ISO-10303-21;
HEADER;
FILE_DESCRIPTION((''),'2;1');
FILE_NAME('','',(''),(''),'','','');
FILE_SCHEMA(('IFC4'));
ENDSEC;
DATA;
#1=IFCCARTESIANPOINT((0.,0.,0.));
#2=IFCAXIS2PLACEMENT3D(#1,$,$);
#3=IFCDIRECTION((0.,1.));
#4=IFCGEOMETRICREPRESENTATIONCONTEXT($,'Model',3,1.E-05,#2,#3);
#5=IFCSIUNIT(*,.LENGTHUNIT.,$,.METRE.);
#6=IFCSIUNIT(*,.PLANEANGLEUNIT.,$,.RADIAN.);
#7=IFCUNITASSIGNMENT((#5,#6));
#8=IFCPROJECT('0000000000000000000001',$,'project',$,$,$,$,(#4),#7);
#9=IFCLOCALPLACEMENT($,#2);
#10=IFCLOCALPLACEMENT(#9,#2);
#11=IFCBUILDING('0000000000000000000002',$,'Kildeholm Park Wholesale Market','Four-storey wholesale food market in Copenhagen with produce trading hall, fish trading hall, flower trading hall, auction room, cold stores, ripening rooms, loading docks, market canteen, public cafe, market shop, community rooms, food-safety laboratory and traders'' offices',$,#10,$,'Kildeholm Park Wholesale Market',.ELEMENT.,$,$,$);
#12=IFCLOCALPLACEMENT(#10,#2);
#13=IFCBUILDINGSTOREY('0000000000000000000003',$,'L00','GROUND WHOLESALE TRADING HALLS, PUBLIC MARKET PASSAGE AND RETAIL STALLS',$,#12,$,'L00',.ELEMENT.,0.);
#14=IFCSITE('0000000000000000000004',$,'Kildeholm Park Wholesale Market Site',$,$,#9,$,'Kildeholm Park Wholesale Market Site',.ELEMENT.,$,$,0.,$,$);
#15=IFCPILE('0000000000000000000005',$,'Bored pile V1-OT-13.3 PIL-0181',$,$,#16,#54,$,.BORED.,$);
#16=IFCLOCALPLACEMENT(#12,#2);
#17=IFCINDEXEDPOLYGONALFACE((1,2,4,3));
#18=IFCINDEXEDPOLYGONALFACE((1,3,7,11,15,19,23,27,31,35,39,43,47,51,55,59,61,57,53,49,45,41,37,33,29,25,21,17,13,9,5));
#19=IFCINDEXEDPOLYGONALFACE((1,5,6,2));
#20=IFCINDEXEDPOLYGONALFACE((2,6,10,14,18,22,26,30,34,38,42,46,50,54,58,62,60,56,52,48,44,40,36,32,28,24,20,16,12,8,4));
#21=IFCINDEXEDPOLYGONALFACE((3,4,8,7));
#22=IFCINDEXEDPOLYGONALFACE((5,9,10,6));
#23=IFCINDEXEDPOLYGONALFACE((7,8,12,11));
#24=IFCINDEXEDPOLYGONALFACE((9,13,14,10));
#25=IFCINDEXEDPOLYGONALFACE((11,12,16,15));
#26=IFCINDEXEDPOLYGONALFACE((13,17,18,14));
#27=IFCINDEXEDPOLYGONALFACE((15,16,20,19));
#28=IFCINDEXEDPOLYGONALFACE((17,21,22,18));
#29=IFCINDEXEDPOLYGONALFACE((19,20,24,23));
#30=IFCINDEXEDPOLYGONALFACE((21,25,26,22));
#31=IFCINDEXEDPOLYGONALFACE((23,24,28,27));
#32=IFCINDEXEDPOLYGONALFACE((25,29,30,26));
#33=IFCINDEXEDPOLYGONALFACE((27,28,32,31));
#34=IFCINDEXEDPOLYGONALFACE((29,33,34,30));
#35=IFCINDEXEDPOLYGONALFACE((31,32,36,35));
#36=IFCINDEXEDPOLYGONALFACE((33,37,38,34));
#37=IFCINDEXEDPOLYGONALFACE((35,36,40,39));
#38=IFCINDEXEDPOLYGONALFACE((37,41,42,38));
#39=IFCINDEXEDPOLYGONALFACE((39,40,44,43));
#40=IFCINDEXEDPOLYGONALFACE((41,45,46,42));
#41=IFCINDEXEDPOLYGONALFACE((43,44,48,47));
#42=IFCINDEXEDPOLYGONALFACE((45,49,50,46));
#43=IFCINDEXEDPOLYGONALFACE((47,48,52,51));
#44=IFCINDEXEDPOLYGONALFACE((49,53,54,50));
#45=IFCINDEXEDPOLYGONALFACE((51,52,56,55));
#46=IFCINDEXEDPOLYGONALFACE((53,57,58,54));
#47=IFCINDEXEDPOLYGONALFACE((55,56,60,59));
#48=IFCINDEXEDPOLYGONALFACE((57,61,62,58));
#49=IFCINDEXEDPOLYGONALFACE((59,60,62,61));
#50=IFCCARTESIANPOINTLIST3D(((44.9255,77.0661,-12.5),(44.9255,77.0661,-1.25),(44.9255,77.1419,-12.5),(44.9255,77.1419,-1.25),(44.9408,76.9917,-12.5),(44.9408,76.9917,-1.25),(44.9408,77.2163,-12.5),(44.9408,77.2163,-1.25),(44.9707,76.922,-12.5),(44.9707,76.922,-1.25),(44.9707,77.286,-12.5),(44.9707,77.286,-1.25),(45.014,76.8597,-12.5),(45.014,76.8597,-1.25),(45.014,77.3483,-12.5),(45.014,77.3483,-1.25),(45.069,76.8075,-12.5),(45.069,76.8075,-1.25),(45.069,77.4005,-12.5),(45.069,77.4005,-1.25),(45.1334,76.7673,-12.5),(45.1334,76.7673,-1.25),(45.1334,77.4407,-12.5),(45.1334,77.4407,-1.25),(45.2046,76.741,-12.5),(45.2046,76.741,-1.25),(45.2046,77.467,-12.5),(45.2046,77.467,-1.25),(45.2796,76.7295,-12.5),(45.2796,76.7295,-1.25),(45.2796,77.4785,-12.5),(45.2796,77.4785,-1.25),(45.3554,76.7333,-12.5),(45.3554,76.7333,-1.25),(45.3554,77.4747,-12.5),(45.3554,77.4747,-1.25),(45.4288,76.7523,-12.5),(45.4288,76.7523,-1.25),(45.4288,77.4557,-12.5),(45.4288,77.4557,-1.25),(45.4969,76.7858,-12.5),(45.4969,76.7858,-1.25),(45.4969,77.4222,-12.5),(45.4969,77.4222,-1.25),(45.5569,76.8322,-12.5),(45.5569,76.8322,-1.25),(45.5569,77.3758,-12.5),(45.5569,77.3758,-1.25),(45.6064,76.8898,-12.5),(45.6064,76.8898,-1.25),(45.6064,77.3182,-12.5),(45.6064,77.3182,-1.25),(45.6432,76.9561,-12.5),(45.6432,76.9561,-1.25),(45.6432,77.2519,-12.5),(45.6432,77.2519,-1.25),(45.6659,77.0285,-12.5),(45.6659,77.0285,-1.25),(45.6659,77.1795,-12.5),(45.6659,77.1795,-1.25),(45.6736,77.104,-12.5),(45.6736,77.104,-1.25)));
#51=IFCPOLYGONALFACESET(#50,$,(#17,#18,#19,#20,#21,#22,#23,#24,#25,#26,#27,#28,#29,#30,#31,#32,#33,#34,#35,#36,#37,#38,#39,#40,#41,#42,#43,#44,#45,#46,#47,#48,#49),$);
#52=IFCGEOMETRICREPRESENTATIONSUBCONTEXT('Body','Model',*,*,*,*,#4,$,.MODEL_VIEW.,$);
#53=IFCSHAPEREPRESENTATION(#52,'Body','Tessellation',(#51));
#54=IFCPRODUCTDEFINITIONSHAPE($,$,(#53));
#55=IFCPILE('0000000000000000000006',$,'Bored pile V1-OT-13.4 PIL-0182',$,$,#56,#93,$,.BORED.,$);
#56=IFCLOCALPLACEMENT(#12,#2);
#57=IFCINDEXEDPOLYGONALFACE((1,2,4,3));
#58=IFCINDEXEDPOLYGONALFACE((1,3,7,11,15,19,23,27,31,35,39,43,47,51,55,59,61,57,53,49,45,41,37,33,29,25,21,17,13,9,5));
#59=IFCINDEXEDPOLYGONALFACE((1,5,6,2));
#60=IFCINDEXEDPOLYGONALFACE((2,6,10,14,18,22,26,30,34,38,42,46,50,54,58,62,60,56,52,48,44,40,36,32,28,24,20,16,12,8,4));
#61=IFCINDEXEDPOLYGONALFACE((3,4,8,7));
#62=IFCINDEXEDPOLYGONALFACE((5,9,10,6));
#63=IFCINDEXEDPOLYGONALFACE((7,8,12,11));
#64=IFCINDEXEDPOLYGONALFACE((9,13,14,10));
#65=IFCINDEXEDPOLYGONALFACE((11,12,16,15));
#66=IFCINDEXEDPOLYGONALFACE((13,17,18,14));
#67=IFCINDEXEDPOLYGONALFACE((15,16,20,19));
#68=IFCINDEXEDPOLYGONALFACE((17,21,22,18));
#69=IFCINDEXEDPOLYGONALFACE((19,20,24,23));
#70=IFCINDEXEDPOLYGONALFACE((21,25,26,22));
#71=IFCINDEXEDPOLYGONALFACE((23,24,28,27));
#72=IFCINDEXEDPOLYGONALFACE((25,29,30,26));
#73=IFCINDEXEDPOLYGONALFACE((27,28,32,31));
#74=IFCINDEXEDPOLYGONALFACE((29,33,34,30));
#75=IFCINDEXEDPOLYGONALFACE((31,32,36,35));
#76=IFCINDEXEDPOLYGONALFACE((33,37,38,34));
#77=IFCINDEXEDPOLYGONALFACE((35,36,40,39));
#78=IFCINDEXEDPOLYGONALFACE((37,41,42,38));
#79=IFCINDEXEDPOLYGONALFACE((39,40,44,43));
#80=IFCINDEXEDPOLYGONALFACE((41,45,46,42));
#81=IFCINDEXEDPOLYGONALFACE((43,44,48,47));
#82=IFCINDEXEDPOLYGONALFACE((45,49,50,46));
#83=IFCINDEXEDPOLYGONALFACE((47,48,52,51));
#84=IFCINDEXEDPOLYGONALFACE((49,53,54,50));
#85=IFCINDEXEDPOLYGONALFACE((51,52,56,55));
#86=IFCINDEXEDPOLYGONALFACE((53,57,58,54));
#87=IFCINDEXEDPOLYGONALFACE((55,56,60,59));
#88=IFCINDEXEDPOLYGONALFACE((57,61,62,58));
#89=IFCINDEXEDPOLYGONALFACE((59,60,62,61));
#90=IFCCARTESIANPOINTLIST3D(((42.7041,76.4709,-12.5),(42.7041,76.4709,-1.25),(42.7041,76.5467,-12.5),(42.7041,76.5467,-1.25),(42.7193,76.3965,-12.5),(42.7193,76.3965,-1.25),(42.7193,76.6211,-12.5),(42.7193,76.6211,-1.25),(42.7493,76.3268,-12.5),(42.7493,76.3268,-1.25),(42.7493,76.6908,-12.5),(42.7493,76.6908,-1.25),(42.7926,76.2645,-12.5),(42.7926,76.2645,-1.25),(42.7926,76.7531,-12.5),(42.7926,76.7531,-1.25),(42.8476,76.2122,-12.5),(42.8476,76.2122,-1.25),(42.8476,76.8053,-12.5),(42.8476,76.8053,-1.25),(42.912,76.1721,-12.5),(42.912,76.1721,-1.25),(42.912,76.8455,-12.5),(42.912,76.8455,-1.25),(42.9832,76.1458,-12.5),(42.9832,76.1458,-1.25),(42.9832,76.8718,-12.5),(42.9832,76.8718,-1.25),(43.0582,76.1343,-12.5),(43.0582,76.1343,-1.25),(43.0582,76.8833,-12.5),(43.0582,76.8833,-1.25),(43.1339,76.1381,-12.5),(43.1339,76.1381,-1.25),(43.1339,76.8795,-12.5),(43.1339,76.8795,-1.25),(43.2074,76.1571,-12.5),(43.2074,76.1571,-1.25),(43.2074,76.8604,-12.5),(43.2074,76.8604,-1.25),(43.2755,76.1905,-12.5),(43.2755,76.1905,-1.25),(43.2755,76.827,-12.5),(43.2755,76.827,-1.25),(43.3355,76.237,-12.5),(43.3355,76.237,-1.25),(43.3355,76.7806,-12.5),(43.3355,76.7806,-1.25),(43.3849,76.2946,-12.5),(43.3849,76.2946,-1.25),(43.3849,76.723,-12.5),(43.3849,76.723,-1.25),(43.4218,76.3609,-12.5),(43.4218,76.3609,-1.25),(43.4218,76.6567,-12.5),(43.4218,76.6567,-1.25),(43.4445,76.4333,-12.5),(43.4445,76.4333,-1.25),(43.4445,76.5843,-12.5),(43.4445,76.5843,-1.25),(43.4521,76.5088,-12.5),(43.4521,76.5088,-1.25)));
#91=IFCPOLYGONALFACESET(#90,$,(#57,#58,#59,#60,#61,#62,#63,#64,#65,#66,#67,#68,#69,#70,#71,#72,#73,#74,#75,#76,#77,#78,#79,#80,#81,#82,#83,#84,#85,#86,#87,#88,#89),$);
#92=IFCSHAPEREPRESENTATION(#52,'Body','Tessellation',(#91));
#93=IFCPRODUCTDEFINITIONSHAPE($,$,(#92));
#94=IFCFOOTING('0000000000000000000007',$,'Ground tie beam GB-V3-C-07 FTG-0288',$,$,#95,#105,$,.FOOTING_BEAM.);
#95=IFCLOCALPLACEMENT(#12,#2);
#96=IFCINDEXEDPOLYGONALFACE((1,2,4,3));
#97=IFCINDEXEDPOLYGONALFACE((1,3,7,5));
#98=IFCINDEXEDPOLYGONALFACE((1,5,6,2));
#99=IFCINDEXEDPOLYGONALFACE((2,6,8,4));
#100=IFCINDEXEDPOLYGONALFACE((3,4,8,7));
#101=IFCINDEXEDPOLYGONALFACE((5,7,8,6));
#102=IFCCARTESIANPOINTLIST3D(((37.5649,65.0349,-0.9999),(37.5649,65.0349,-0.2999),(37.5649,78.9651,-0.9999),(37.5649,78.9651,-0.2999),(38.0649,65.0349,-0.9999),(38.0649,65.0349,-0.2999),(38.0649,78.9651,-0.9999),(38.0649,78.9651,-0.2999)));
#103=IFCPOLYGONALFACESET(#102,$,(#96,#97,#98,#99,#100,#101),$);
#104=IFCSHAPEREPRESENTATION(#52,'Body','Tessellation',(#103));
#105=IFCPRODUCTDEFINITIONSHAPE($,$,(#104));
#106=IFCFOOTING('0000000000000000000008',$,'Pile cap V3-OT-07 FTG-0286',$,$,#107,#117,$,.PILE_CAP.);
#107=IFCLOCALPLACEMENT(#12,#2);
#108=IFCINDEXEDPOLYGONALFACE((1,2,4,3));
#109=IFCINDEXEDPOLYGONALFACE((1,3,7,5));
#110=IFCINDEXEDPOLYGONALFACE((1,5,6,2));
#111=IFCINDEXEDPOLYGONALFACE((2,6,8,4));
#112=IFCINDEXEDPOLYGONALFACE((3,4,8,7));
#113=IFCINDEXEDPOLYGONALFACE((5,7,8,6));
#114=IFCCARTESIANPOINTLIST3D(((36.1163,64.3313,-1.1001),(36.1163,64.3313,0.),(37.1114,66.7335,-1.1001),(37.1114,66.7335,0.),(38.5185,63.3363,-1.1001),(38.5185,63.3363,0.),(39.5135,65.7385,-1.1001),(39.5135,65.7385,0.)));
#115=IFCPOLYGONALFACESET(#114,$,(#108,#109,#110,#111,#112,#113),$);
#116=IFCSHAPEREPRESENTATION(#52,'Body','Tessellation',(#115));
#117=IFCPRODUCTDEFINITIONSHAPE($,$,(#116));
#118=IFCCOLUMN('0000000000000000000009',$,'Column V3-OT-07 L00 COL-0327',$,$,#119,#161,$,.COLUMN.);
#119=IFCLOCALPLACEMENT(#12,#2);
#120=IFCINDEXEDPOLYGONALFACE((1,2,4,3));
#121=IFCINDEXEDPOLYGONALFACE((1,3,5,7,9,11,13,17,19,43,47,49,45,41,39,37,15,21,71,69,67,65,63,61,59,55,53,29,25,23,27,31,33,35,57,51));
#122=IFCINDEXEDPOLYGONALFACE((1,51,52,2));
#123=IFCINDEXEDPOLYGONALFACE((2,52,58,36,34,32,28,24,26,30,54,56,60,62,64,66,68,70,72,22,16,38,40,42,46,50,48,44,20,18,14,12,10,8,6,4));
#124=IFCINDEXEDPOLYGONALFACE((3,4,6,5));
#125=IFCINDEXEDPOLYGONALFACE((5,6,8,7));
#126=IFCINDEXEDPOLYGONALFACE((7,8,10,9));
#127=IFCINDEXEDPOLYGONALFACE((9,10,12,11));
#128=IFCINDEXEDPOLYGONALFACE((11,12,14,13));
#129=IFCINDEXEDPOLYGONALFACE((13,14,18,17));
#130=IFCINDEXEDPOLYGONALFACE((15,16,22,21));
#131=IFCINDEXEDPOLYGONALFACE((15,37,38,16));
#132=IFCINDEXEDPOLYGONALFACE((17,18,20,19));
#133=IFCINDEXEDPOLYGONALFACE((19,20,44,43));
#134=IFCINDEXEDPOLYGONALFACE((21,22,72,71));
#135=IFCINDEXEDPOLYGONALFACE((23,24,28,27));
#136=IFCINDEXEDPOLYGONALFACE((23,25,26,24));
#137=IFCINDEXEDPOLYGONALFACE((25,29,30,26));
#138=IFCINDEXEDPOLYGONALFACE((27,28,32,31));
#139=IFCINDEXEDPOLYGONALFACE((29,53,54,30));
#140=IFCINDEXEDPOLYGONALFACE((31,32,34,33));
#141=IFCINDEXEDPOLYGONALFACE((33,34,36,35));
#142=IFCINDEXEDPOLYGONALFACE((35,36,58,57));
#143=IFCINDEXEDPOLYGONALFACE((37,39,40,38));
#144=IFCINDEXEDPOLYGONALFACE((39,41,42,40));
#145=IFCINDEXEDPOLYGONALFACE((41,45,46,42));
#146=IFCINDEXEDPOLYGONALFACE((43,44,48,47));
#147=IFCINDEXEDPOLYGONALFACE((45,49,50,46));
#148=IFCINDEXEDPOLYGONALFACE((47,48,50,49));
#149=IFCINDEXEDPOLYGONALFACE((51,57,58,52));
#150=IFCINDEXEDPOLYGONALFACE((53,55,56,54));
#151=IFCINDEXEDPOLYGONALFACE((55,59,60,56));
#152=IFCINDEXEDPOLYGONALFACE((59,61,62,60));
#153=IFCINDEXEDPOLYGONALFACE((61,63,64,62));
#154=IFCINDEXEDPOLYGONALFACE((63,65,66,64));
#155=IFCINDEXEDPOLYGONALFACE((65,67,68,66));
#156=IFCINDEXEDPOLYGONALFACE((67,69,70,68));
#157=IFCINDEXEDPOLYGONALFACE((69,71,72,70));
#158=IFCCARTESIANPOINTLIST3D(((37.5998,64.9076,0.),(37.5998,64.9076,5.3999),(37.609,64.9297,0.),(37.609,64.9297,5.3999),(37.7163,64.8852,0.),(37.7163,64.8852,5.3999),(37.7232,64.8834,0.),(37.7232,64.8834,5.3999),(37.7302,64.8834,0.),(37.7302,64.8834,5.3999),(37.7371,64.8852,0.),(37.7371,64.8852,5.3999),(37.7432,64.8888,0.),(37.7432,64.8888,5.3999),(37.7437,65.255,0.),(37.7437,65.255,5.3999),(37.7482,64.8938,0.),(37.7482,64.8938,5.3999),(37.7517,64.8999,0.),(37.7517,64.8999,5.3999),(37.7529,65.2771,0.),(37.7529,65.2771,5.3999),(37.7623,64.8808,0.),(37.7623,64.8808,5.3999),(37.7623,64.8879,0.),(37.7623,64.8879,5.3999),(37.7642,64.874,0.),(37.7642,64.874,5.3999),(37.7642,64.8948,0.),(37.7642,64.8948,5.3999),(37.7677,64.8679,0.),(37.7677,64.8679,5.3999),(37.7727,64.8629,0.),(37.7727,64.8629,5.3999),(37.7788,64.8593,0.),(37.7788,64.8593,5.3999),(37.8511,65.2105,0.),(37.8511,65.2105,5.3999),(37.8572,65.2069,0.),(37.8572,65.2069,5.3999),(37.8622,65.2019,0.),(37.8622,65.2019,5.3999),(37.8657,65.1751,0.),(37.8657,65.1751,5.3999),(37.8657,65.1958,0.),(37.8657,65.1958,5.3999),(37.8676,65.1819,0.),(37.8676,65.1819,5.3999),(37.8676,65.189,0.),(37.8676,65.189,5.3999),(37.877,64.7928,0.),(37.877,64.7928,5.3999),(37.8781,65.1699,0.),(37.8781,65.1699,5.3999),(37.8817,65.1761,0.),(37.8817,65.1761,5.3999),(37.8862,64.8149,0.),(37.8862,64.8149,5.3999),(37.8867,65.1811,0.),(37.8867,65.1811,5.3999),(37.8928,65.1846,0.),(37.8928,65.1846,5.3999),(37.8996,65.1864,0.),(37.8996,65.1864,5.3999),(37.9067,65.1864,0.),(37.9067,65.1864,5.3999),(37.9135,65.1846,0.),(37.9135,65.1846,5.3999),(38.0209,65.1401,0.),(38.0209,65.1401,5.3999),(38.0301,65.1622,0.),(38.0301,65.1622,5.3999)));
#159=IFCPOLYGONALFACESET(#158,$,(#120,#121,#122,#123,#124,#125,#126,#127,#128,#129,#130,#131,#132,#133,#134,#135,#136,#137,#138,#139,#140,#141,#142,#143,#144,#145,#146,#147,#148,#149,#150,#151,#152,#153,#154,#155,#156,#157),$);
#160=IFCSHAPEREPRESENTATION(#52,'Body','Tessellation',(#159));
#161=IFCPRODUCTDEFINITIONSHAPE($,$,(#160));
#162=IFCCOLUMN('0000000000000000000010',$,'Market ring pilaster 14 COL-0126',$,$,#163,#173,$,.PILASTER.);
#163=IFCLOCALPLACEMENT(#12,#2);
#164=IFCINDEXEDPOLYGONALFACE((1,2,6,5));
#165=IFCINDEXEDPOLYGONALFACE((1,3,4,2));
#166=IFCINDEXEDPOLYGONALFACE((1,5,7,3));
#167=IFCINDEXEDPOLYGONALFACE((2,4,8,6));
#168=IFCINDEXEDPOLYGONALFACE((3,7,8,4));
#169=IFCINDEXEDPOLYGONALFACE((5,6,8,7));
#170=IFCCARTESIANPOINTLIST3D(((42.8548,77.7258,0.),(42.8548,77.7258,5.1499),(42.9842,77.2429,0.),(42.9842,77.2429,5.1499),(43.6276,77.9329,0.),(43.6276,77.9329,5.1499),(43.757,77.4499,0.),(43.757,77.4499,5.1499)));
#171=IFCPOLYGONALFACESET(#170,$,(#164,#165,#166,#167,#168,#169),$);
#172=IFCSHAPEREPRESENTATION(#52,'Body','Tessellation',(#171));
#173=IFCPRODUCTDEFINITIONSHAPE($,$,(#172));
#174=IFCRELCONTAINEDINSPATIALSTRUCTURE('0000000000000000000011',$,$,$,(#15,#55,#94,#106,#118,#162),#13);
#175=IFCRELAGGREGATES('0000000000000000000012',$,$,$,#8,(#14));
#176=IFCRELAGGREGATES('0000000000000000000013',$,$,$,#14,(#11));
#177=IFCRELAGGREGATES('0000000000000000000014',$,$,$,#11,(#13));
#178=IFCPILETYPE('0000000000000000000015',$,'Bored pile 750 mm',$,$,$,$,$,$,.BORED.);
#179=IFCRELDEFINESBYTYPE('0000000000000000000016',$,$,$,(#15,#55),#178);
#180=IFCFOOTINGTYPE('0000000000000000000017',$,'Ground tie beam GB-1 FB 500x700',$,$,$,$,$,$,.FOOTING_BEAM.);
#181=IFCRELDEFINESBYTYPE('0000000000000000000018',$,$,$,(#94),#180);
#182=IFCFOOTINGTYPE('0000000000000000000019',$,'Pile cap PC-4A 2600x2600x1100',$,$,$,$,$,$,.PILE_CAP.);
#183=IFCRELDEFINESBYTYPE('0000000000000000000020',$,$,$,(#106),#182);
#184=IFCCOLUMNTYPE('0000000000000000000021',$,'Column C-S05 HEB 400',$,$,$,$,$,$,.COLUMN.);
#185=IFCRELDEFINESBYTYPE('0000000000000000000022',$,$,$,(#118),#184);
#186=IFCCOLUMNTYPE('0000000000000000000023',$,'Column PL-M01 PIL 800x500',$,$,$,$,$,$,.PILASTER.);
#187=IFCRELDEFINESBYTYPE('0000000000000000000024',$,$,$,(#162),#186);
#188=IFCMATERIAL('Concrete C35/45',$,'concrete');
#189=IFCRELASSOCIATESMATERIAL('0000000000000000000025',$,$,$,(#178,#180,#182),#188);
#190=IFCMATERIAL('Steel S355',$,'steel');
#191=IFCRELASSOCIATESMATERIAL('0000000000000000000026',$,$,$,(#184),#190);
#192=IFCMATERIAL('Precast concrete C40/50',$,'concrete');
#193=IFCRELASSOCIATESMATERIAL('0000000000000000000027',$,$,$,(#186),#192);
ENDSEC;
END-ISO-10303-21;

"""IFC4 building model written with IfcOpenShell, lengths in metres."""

from ifc_helpers import new_model, si_unit, direction, frame, origin, origin_2d, place, context, subcontext, project, spatial, rectangle, circle, i_section, extrude, material, material_profile, profile_set, type_object, element, save


model = new_model("IFC4")

# Units and contexts
model_context = context("Model", 3, precision=1e-05, world=origin(), true_north=direction((0.0, 1.0)))
body_context = subcontext(model_context, "Body", "Model", "MODEL_VIEW")
ifc_project = project(units=[si_unit("LENGTHUNIT", "METRE"), si_unit("PLANEANGLEUNIT", "RADIAN")], contexts=[model_context])

# Site, building, storey
site_placement = place(None, origin())
site = spatial("IfcSite", under=ifc_project, at=site_placement, Name="Kildeholm Park Wholesale Market Site", LongName="Kildeholm Park Wholesale Market Site", CompositionType="ELEMENT", RefElevation=0.0)
building_placement = place(site_placement, origin())
building = spatial("IfcBuilding", under=site, at=building_placement, Name="Kildeholm Park Wholesale Market", Description="Four-storey wholesale food market in Copenhagen with produce trading hall, fish trading hall, flower trading hall, auction room, cold stores, ripening rooms, loading docks, market canteen, public cafe, market shop, community rooms, food-safety laboratory and traders' offices", LongName="Kildeholm Park Wholesale Market", CompositionType="ELEMENT")
storey_placement = place(building_placement, origin())
storey = spatial("IfcBuildingStorey", under=building, at=storey_placement, Name="L00", Description="GROUND WHOLESALE TRADING HALLS, PUBLIC MARKET PASSAGE AND RETAIL STALLS", LongName="L00", CompositionType="ELEMENT", Elevation=0.0)

# Piles
ifc_material_1 = material(Name="Concrete C35/45", Category="concrete")
ifc_material_profile_1 = material_profile(ifc_material_1, circle(Radius=0.375, at=origin_2d()), Name="PILE D750")
ifc_profile_set_1 = profile_set([ifc_material_profile_1], Name="Concrete C35/45")
pile_type_1 = type_object("IfcPileType", Name="Bored pile 750 mm", PredefinedType="BORED", material=ifc_profile_set_1)
for number, where, z_axis, x_axis, name in (
    (1, (45.2986, 77.104, -1.25), (0.0, 0.0, -1.0), (1.0, 0.0, 0.0), "Bored pile V1-OT-13.3 PIL-0181"),
    (2, (43.0771, 76.5088, -1.25), (0.0, 0.0, -1.0), (1.0, 0.0, 0.0), "Bored pile V1-OT-13.4 PIL-0182"),
):
    element("IfcPile", number, at=place(storey_placement, frame(where, z_axis=z_axis, x_axis=x_axis)), inside=storey, type_object=pile_type_1, Name=name, PredefinedType="BORED", context=body_context, shape_type="SweptSolid", body=[
        extrude(circle(Radius=0.375, at=origin_2d()), origin(), (0.0, 0.0, 1.0), 11.25),
    ])

# Footings
ifc_material_profile_2 = material_profile(ifc_material_1, rectangle(XDim=0.5, YDim=0.7, at=origin_2d()), Name="FB 500x700")
ifc_profile_set_2 = profile_set([ifc_material_profile_2], Name="Concrete C35/45")
footing_type_1 = type_object("IfcFootingType", Name="Ground tie beam GB-1 FB 500x700", PredefinedType="FOOTING_BEAM", material=ifc_profile_set_2)
footing_1_placement = place(storey_placement, frame((37.8149, 65.0349, -0.6499), z_axis=(0.0, 1.0, 0.0), x_axis=(-1.0, 0.0, 0.0)))
element("IfcFooting", 3, at=footing_1_placement, inside=storey, type_object=footing_type_1, Name="Ground tie beam GB-V3-C-07 FTG-0288", PredefinedType="FOOTING_BEAM", context=body_context, shape_type="SweptSolid", body=[
    extrude(rectangle(XDim=0.5, YDim=0.7, at=origin_2d()), origin(), (0.0, 0.0, 1.0), 13.9302),
])
footing_type_2 = type_object("IfcFootingType", Name="Pile cap PC-4A 2600x2600x1100", PredefinedType="PILE_CAP", material=ifc_material_1)
footing_2_placement = place(storey_placement, frame((37.8149, 65.0349, -1.1001), z_axis=(0.0, 0.0, 1.0), x_axis=(0.92388, -0.382683, 0.0)))
element("IfcFooting", 4, at=footing_2_placement, inside=storey, type_object=footing_type_2, Name="Pile cap V3-OT-07 FTG-0286", PredefinedType="PILE_CAP", context=body_context, shape_type="SweptSolid", body=[
    extrude(rectangle(XDim=2.6001, YDim=2.6001, at=origin_2d()), origin(), (0.0, 0.0, 1.0), 1.1001),
])

# Columns
ifc_material_2 = material(Name="Steel S355", Category="steel")
ifc_material_profile_3 = material_profile(ifc_material_2, i_section(OverallWidth=0.3, OverallDepth=0.3999, WebThickness=0.0134, FlangeThickness=0.0239, FilletRadius=0.0271, at=origin_2d()), Name="HEB 400")
ifc_profile_set_3 = profile_set([ifc_material_profile_3], Name="Steel S355")
column_type_1 = type_object("IfcColumnType", Name="Column C-S05 HEB 400", PredefinedType="COLUMN", material=ifc_profile_set_3)
column_1_placement = place(storey_placement, frame((37.8149, 65.0349, 0.0), z_axis=(0.0, 0.0, 1.0), x_axis=(0.92388, -0.382683, 0.0)))
element("IfcColumn", 5, at=column_1_placement, inside=storey, type_object=column_type_1, Name="Column V3-OT-07 L00 COL-0327", PredefinedType="COLUMN", context=body_context, shape_type="SweptSolid", body=[
    extrude(i_section(OverallWidth=0.3, OverallDepth=0.3999, WebThickness=0.0134, FlangeThickness=0.0239, FilletRadius=0.0271, at=origin_2d()), origin(), (0.0, 0.0, 1.0), 5.3999),
])
ifc_material_3 = material(Name="Precast concrete C40/50", Category="concrete")
ifc_material_profile_4 = material_profile(ifc_material_3, rectangle(XDim=0.8, YDim=0.5, at=origin_2d()), Name="PIL 800x500")
ifc_profile_set_4 = profile_set([ifc_material_profile_4], Name="Precast concrete C40/50")
column_type_2 = type_object("IfcColumnType", Name="Column PL-M01 PIL 800x500", PredefinedType="PILASTER", material=ifc_profile_set_4)
column_2_placement = place(storey_placement, frame((43.3059, 77.5879, 0.0), z_axis=(0.0, 0.0, 1.0), x_axis=(-0.965926, -0.258819, 0.0)))
element("IfcColumn", 6, at=column_2_placement, inside=storey, type_object=column_type_2, Name="Market ring pilaster 14 COL-0126", PredefinedType="PILASTER", context=body_context, shape_type="SweptSolid", body=[
    extrude(rectangle(XDim=0.8, YDim=0.5, at=origin_2d()), origin(), (0.0, 0.0, 1.0), 5.1499),
])

save(model, "model.ifc")
